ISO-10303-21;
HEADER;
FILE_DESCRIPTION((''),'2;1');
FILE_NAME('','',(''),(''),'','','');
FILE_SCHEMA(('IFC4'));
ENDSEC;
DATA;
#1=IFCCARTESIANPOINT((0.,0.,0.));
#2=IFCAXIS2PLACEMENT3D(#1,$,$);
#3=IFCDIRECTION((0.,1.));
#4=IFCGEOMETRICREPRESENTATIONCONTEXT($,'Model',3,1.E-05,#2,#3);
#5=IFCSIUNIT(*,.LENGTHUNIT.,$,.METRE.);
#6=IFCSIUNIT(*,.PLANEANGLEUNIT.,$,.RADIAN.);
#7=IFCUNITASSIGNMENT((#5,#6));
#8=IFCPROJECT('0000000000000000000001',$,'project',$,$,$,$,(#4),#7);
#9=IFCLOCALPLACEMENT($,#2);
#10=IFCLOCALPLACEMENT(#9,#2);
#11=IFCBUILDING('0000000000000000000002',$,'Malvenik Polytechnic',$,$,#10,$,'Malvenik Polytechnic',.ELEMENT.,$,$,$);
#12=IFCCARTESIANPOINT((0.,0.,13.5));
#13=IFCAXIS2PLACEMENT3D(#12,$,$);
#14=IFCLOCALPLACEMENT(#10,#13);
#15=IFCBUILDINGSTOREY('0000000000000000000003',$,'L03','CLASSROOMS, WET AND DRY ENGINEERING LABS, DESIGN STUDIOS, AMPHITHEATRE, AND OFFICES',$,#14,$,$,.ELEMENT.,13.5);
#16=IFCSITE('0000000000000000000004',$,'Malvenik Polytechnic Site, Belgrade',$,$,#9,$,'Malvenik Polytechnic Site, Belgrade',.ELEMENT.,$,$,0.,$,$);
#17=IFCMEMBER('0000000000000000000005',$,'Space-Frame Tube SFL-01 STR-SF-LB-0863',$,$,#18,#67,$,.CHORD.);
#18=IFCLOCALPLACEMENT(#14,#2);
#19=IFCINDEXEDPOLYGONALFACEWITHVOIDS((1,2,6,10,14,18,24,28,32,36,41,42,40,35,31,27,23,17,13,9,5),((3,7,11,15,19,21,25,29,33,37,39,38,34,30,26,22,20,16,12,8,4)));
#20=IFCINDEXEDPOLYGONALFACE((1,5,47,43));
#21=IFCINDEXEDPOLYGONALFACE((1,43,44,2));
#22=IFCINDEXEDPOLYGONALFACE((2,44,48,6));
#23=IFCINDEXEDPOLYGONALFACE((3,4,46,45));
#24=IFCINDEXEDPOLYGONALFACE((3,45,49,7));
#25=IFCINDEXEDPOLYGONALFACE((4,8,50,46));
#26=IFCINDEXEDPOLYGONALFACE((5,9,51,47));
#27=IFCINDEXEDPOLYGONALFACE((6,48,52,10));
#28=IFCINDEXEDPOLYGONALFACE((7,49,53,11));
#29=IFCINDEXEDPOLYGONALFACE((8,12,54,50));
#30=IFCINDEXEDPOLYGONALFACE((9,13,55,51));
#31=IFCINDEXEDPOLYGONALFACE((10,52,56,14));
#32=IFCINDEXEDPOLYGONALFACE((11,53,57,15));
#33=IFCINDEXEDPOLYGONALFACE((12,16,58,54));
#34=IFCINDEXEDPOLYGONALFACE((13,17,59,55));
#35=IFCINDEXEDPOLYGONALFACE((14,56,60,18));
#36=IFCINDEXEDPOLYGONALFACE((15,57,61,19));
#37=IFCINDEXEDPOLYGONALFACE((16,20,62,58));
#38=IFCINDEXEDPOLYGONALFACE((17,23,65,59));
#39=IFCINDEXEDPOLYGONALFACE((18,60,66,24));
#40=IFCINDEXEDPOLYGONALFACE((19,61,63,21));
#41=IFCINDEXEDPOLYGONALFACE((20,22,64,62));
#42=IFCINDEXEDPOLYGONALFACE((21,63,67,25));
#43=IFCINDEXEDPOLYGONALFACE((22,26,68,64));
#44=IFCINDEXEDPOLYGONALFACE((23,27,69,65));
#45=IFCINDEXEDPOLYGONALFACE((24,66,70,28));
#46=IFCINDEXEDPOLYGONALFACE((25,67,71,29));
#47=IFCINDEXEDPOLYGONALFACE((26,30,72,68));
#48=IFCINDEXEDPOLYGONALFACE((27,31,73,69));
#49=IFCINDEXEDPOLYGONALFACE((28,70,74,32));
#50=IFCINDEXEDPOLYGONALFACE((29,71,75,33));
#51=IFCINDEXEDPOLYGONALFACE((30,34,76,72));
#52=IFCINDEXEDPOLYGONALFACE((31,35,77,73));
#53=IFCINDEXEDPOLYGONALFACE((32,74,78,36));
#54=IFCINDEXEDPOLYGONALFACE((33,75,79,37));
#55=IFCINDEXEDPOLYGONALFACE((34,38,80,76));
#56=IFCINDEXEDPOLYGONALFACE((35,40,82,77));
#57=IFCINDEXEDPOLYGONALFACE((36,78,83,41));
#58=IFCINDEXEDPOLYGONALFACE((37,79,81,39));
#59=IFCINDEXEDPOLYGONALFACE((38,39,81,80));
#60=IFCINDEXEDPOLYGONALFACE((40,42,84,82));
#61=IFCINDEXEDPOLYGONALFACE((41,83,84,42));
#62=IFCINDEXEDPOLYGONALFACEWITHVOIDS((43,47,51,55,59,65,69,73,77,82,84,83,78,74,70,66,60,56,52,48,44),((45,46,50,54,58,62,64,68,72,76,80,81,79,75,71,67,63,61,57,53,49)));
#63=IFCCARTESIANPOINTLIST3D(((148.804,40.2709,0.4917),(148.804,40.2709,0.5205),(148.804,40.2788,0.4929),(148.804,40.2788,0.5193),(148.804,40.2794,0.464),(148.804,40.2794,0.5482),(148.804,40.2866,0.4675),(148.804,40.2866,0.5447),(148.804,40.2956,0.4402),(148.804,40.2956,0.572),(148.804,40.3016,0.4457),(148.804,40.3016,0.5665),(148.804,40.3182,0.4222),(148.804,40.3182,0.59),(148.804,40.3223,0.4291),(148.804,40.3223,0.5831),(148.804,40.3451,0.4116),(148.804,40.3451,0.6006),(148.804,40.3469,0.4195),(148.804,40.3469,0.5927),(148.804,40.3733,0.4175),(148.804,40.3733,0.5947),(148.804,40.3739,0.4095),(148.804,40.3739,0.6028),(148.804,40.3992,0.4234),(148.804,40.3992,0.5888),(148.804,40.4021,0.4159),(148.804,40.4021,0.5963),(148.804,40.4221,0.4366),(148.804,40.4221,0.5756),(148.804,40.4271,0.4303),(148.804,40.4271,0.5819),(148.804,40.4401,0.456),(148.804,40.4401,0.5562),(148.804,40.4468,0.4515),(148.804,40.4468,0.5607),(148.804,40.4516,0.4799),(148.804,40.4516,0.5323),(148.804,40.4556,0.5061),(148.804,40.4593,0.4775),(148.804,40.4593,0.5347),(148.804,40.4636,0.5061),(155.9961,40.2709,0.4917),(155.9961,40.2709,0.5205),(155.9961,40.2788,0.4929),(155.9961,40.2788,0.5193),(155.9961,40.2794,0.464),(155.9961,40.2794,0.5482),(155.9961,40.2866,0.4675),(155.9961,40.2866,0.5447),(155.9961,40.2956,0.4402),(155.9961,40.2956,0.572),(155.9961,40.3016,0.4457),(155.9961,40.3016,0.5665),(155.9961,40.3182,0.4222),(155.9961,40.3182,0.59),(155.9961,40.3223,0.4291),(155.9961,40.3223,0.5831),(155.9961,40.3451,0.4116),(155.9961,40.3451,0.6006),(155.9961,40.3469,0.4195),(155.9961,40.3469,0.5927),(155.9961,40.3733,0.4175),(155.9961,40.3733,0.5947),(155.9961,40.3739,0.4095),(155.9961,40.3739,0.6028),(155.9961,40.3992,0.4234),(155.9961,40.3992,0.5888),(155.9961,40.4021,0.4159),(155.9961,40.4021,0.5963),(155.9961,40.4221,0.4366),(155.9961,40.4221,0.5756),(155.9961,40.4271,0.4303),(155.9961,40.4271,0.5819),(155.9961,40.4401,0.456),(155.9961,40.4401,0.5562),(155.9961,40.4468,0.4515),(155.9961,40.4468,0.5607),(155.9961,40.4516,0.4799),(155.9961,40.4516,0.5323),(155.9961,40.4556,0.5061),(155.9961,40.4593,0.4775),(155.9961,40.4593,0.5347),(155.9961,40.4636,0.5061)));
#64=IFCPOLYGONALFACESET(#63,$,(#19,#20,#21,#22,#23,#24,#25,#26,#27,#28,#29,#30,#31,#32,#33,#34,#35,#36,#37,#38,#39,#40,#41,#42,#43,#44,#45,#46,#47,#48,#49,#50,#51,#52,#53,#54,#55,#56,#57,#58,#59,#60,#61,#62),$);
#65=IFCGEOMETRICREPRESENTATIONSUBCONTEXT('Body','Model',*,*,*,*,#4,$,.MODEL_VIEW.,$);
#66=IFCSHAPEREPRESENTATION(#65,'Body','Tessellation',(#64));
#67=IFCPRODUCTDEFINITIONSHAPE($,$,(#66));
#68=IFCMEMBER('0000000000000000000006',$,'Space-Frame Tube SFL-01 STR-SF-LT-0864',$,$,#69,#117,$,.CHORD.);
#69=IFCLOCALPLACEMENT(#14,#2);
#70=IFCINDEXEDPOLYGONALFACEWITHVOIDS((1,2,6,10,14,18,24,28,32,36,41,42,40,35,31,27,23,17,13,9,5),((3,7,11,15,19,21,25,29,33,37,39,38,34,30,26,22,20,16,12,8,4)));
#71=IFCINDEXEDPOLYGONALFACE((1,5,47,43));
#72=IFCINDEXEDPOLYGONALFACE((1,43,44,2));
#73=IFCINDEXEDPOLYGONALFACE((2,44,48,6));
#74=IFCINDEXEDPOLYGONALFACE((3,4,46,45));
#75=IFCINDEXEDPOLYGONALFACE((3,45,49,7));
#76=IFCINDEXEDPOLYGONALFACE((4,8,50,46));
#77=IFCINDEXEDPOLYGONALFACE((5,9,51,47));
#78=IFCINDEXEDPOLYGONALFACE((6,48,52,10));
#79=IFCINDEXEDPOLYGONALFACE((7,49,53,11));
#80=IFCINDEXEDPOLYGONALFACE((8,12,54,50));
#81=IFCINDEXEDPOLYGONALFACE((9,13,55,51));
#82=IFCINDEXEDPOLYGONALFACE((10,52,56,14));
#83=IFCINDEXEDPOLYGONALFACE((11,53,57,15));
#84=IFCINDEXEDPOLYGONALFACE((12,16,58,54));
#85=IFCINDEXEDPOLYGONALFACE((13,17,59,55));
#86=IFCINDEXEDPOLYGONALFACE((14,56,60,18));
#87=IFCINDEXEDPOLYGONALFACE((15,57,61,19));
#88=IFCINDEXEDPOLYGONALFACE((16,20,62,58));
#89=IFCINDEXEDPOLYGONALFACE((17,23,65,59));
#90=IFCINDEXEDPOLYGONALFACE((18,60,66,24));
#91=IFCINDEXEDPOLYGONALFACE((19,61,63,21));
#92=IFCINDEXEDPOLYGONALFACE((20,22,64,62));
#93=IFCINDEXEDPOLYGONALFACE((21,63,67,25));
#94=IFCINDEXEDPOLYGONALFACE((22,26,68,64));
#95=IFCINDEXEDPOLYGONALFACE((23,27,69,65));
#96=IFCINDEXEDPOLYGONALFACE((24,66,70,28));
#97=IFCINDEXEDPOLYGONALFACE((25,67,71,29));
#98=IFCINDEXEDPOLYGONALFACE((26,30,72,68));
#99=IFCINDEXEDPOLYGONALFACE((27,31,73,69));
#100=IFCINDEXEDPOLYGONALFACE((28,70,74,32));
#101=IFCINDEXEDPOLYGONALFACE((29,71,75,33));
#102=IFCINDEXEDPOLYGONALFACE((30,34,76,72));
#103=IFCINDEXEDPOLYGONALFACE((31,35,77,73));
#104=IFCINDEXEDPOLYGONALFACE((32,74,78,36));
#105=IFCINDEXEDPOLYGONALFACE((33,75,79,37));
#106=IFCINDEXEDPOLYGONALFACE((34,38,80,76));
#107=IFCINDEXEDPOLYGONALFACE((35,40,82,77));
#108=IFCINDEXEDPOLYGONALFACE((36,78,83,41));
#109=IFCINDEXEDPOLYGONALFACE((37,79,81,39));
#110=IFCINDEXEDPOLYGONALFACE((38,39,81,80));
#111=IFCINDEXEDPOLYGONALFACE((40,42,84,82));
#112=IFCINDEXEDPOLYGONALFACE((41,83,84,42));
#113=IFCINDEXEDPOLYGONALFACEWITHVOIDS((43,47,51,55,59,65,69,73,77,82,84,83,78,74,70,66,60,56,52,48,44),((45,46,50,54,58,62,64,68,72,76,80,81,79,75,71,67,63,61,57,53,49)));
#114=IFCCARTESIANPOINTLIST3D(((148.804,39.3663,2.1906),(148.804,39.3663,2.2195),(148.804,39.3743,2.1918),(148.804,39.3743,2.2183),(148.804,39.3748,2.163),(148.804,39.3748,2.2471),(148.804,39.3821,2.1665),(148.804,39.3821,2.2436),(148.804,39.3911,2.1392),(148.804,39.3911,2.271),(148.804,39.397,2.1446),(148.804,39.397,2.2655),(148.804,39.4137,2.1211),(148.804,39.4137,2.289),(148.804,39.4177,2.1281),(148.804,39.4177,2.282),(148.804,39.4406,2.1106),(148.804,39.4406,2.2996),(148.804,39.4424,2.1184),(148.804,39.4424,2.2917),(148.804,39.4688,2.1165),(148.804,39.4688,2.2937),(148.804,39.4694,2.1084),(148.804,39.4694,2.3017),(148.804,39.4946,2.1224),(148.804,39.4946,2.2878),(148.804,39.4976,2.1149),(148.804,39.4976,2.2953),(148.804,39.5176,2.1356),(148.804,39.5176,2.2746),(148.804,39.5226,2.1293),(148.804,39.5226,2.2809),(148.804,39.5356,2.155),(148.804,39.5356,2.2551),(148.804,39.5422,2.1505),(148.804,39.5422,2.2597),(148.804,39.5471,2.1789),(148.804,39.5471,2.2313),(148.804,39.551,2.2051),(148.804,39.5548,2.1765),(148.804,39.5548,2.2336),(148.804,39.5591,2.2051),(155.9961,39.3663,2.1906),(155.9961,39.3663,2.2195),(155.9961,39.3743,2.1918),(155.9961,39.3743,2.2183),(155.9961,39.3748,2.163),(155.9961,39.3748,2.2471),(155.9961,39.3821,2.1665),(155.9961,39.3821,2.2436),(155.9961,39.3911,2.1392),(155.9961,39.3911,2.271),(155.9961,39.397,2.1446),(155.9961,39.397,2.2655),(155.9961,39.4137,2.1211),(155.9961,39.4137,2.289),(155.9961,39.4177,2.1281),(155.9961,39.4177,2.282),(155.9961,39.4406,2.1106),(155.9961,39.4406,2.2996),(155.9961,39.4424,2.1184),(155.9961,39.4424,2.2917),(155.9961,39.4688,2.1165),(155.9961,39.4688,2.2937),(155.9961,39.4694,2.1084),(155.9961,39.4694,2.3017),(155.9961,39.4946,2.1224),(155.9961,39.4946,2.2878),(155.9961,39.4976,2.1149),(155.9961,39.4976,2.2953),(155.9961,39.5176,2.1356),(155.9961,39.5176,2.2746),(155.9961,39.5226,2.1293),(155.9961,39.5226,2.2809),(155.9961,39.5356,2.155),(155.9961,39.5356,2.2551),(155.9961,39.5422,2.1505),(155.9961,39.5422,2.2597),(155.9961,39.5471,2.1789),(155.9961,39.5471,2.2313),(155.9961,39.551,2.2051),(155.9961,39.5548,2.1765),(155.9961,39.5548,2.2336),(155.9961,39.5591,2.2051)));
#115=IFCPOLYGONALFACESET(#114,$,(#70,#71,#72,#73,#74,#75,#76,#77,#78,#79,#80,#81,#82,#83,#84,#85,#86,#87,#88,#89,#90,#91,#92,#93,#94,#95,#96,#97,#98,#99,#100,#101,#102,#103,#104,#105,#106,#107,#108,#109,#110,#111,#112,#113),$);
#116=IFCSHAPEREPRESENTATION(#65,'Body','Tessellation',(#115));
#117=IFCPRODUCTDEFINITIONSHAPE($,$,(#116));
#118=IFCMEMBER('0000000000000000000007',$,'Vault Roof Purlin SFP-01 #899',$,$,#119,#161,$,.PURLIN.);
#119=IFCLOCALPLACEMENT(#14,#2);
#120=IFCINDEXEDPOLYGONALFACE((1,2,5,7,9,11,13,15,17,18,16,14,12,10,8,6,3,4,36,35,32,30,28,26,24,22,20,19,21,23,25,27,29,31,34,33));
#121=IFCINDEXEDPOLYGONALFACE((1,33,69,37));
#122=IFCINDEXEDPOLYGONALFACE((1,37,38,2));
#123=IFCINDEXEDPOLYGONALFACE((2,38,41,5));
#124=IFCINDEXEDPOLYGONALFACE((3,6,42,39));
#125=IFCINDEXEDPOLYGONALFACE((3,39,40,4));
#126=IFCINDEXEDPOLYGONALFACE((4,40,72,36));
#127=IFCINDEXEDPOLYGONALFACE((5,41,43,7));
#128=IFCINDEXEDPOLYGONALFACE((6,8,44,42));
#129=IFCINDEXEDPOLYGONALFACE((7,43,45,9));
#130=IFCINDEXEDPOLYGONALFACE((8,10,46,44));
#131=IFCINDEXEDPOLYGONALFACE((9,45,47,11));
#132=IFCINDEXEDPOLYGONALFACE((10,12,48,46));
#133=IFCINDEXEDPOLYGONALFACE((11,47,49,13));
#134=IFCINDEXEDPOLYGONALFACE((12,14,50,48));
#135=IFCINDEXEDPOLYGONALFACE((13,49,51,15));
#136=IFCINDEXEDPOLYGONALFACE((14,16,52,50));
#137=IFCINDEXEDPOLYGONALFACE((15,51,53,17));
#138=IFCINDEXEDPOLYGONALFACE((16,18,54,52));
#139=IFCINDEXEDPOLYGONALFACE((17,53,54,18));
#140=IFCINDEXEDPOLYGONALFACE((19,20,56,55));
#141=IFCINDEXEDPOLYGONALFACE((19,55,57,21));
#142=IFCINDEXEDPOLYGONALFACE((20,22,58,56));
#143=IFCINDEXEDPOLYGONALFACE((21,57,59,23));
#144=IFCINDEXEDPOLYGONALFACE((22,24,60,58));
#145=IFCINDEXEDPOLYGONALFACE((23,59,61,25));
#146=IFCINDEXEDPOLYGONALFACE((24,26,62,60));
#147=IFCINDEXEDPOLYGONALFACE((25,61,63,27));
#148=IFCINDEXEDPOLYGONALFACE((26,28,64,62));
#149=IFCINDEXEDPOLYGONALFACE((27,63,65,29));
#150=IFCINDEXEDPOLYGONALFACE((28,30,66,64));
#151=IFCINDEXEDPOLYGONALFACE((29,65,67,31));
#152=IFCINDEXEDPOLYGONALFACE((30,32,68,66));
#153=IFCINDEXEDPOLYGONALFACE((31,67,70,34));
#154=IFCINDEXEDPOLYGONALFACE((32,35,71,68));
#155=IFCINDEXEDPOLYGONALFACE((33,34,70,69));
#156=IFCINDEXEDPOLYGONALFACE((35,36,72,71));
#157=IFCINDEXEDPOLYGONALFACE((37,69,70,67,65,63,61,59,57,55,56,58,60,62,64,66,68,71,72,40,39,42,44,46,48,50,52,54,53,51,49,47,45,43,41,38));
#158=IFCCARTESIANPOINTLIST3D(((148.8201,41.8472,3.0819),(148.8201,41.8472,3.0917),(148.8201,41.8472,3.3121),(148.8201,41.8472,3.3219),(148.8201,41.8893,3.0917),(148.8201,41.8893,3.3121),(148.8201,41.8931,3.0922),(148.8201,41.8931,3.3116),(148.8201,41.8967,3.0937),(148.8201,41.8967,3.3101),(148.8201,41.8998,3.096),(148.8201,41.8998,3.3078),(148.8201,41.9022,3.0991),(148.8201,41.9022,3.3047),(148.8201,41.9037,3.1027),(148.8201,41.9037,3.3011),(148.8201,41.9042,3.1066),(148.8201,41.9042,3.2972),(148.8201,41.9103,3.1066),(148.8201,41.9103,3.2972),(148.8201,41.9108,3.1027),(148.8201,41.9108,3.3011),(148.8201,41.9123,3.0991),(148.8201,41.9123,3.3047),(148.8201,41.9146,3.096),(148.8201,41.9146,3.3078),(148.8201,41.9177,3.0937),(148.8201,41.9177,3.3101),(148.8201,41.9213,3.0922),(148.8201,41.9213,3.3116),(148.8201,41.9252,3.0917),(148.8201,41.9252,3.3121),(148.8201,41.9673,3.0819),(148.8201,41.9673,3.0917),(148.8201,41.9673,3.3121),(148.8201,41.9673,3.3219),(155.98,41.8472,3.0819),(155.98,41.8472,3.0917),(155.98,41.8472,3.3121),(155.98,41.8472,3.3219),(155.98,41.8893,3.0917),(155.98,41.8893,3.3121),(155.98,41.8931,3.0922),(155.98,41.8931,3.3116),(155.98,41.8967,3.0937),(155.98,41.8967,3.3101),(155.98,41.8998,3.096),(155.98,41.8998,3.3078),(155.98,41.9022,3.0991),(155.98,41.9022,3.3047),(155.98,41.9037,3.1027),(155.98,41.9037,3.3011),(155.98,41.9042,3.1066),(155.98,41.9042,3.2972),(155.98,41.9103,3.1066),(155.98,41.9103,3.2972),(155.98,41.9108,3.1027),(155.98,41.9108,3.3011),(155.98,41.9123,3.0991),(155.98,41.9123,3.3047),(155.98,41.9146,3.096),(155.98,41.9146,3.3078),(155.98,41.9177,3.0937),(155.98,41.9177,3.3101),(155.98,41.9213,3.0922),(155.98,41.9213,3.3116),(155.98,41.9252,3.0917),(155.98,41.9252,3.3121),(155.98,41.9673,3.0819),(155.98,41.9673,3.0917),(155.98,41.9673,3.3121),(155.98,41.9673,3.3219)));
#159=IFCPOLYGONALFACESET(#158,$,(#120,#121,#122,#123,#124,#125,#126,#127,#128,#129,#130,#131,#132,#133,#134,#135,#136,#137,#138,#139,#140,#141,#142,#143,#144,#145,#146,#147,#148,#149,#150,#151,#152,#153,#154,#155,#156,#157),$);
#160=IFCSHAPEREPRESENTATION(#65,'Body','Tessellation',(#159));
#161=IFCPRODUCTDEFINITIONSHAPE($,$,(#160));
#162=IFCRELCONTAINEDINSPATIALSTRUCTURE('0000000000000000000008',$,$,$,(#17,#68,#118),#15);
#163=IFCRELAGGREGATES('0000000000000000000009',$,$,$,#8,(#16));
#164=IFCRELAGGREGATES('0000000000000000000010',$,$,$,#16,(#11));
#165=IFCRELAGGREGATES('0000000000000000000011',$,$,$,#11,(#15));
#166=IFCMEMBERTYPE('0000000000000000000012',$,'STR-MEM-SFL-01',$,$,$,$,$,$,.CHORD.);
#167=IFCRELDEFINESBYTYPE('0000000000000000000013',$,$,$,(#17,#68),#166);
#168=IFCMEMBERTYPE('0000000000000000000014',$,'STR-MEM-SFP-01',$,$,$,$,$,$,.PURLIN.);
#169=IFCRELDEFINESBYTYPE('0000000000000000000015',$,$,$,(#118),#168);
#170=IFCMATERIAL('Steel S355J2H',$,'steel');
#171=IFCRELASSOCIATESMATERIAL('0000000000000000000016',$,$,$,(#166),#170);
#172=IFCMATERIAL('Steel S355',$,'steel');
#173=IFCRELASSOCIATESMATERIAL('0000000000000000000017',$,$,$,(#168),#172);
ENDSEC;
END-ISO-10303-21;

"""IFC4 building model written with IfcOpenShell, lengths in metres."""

from ifc_helpers import new_model, si_unit, direction, frame, origin, origin_2d, place, context, subcontext, project, spatial, hollow_circle, i_section, extrude, material, material_profile, profile_set, type_object, element, save


model = new_model("IFC4")

# Units and contexts
model_context = context("Model", 3, precision=1e-05, world=origin(), true_north=direction((0.0, 1.0)))
body_context = subcontext(model_context, "Body", "Model", "MODEL_VIEW")
ifc_project = project(units=[si_unit("LENGTHUNIT", "METRE"), si_unit("PLANEANGLEUNIT", "RADIAN")], contexts=[model_context])

# Site, building, storey
site_placement = place(None, origin())
site = spatial("IfcSite", under=ifc_project, at=site_placement, Name="Malvenik Polytechnic Site, Belgrade", LongName="Malvenik Polytechnic Site, Belgrade", CompositionType="ELEMENT", RefElevation=0.0)
building_placement = place(site_placement, origin())
building = spatial("IfcBuilding", under=site, at=building_placement, Name="Malvenik Polytechnic", LongName="Malvenik Polytechnic", CompositionType="ELEMENT")
storey_placement = place(building_placement, frame((0.0, 0.0, 13.5)))
storey = spatial("IfcBuildingStorey", under=building, at=storey_placement, Name="L03", Description="CLASSROOMS, WET AND DRY ENGINEERING LABS, DESIGN STUDIOS, AMPHITHEATRE, AND OFFICES", CompositionType="ELEMENT", Elevation=13.5)

# Members
ifc_material_1 = material(Name="Steel S355J2H", Category="steel")
ifc_material_profile_1 = material_profile(ifc_material_1, hollow_circle(Radius=0.0969, WallThickness=0.0081, at=origin_2d()), Name="CHS 193.7x8.0")
ifc_profile_set_1 = profile_set([ifc_material_profile_1], Name="Steel S355J2H")
member_type_1 = type_object("IfcMemberType", Name="STR-MEM-SFL-01", PredefinedType="CHORD", material=ifc_profile_set_1)
for number, where, z_axis, x_axis, name in (
    (1, (148.804, 40.3667, 0.5061), (1.0, 0.0, 0.0), (0.0, 1.0, 0.0), "Space-Frame Tube SFL-01 STR-SF-LB-0863"),
    (2, (148.804, 39.4622, 2.2051), (1.0, 0.0, 0.0), (0.0, 1.0, 0.0), "Space-Frame Tube SFL-01 STR-SF-LT-0864"),
):
    element("IfcMember", number, at=place(storey_placement, frame(where, z_axis=z_axis, x_axis=x_axis)), inside=storey, type_object=member_type_1, Name=name, PredefinedType="CHORD", context=body_context, shape_type="SweptSolid", body=[
        extrude(hollow_circle(Radius=0.0969, WallThickness=0.0081, at=origin_2d()), origin(), (0.0, 0.0, 1.0), 7.1921),
    ])
ifc_material_2 = material(Name="Steel S355", Category="steel")
ifc_material_profile_2 = material_profile(ifc_material_2, i_section(OverallWidth=0.1201, OverallDepth=0.24, WebThickness=0.0061, FlangeThickness=0.0098, FilletRadius=0.0149, at=origin_2d()), Name="IPE 240")
ifc_profile_set_2 = profile_set([ifc_material_profile_2], Name="Steel S355")
member_type_2 = type_object("IfcMemberType", Name="STR-MEM-SFP-01", PredefinedType="PURLIN", material=ifc_profile_set_2)
member_1_placement = place(storey_placement, frame((148.8201, 41.9072, 3.2019), z_axis=(1.0, 0.0, 0.0), x_axis=(0.0, 1.0, 0.0)))
element("IfcMember", 3, at=member_1_placement, inside=storey, type_object=member_type_2, Name="Vault Roof Purlin SFP-01 #899", PredefinedType="PURLIN", context=body_context, shape_type="SweptSolid", body=[
    extrude(i_section(OverallWidth=0.1201, OverallDepth=0.24, WebThickness=0.0061, FlangeThickness=0.0098, FilletRadius=0.0149, at=origin_2d()), origin(), (0.0, 0.0, 1.0), 7.1599),
])

save(model, "model.ifc")
